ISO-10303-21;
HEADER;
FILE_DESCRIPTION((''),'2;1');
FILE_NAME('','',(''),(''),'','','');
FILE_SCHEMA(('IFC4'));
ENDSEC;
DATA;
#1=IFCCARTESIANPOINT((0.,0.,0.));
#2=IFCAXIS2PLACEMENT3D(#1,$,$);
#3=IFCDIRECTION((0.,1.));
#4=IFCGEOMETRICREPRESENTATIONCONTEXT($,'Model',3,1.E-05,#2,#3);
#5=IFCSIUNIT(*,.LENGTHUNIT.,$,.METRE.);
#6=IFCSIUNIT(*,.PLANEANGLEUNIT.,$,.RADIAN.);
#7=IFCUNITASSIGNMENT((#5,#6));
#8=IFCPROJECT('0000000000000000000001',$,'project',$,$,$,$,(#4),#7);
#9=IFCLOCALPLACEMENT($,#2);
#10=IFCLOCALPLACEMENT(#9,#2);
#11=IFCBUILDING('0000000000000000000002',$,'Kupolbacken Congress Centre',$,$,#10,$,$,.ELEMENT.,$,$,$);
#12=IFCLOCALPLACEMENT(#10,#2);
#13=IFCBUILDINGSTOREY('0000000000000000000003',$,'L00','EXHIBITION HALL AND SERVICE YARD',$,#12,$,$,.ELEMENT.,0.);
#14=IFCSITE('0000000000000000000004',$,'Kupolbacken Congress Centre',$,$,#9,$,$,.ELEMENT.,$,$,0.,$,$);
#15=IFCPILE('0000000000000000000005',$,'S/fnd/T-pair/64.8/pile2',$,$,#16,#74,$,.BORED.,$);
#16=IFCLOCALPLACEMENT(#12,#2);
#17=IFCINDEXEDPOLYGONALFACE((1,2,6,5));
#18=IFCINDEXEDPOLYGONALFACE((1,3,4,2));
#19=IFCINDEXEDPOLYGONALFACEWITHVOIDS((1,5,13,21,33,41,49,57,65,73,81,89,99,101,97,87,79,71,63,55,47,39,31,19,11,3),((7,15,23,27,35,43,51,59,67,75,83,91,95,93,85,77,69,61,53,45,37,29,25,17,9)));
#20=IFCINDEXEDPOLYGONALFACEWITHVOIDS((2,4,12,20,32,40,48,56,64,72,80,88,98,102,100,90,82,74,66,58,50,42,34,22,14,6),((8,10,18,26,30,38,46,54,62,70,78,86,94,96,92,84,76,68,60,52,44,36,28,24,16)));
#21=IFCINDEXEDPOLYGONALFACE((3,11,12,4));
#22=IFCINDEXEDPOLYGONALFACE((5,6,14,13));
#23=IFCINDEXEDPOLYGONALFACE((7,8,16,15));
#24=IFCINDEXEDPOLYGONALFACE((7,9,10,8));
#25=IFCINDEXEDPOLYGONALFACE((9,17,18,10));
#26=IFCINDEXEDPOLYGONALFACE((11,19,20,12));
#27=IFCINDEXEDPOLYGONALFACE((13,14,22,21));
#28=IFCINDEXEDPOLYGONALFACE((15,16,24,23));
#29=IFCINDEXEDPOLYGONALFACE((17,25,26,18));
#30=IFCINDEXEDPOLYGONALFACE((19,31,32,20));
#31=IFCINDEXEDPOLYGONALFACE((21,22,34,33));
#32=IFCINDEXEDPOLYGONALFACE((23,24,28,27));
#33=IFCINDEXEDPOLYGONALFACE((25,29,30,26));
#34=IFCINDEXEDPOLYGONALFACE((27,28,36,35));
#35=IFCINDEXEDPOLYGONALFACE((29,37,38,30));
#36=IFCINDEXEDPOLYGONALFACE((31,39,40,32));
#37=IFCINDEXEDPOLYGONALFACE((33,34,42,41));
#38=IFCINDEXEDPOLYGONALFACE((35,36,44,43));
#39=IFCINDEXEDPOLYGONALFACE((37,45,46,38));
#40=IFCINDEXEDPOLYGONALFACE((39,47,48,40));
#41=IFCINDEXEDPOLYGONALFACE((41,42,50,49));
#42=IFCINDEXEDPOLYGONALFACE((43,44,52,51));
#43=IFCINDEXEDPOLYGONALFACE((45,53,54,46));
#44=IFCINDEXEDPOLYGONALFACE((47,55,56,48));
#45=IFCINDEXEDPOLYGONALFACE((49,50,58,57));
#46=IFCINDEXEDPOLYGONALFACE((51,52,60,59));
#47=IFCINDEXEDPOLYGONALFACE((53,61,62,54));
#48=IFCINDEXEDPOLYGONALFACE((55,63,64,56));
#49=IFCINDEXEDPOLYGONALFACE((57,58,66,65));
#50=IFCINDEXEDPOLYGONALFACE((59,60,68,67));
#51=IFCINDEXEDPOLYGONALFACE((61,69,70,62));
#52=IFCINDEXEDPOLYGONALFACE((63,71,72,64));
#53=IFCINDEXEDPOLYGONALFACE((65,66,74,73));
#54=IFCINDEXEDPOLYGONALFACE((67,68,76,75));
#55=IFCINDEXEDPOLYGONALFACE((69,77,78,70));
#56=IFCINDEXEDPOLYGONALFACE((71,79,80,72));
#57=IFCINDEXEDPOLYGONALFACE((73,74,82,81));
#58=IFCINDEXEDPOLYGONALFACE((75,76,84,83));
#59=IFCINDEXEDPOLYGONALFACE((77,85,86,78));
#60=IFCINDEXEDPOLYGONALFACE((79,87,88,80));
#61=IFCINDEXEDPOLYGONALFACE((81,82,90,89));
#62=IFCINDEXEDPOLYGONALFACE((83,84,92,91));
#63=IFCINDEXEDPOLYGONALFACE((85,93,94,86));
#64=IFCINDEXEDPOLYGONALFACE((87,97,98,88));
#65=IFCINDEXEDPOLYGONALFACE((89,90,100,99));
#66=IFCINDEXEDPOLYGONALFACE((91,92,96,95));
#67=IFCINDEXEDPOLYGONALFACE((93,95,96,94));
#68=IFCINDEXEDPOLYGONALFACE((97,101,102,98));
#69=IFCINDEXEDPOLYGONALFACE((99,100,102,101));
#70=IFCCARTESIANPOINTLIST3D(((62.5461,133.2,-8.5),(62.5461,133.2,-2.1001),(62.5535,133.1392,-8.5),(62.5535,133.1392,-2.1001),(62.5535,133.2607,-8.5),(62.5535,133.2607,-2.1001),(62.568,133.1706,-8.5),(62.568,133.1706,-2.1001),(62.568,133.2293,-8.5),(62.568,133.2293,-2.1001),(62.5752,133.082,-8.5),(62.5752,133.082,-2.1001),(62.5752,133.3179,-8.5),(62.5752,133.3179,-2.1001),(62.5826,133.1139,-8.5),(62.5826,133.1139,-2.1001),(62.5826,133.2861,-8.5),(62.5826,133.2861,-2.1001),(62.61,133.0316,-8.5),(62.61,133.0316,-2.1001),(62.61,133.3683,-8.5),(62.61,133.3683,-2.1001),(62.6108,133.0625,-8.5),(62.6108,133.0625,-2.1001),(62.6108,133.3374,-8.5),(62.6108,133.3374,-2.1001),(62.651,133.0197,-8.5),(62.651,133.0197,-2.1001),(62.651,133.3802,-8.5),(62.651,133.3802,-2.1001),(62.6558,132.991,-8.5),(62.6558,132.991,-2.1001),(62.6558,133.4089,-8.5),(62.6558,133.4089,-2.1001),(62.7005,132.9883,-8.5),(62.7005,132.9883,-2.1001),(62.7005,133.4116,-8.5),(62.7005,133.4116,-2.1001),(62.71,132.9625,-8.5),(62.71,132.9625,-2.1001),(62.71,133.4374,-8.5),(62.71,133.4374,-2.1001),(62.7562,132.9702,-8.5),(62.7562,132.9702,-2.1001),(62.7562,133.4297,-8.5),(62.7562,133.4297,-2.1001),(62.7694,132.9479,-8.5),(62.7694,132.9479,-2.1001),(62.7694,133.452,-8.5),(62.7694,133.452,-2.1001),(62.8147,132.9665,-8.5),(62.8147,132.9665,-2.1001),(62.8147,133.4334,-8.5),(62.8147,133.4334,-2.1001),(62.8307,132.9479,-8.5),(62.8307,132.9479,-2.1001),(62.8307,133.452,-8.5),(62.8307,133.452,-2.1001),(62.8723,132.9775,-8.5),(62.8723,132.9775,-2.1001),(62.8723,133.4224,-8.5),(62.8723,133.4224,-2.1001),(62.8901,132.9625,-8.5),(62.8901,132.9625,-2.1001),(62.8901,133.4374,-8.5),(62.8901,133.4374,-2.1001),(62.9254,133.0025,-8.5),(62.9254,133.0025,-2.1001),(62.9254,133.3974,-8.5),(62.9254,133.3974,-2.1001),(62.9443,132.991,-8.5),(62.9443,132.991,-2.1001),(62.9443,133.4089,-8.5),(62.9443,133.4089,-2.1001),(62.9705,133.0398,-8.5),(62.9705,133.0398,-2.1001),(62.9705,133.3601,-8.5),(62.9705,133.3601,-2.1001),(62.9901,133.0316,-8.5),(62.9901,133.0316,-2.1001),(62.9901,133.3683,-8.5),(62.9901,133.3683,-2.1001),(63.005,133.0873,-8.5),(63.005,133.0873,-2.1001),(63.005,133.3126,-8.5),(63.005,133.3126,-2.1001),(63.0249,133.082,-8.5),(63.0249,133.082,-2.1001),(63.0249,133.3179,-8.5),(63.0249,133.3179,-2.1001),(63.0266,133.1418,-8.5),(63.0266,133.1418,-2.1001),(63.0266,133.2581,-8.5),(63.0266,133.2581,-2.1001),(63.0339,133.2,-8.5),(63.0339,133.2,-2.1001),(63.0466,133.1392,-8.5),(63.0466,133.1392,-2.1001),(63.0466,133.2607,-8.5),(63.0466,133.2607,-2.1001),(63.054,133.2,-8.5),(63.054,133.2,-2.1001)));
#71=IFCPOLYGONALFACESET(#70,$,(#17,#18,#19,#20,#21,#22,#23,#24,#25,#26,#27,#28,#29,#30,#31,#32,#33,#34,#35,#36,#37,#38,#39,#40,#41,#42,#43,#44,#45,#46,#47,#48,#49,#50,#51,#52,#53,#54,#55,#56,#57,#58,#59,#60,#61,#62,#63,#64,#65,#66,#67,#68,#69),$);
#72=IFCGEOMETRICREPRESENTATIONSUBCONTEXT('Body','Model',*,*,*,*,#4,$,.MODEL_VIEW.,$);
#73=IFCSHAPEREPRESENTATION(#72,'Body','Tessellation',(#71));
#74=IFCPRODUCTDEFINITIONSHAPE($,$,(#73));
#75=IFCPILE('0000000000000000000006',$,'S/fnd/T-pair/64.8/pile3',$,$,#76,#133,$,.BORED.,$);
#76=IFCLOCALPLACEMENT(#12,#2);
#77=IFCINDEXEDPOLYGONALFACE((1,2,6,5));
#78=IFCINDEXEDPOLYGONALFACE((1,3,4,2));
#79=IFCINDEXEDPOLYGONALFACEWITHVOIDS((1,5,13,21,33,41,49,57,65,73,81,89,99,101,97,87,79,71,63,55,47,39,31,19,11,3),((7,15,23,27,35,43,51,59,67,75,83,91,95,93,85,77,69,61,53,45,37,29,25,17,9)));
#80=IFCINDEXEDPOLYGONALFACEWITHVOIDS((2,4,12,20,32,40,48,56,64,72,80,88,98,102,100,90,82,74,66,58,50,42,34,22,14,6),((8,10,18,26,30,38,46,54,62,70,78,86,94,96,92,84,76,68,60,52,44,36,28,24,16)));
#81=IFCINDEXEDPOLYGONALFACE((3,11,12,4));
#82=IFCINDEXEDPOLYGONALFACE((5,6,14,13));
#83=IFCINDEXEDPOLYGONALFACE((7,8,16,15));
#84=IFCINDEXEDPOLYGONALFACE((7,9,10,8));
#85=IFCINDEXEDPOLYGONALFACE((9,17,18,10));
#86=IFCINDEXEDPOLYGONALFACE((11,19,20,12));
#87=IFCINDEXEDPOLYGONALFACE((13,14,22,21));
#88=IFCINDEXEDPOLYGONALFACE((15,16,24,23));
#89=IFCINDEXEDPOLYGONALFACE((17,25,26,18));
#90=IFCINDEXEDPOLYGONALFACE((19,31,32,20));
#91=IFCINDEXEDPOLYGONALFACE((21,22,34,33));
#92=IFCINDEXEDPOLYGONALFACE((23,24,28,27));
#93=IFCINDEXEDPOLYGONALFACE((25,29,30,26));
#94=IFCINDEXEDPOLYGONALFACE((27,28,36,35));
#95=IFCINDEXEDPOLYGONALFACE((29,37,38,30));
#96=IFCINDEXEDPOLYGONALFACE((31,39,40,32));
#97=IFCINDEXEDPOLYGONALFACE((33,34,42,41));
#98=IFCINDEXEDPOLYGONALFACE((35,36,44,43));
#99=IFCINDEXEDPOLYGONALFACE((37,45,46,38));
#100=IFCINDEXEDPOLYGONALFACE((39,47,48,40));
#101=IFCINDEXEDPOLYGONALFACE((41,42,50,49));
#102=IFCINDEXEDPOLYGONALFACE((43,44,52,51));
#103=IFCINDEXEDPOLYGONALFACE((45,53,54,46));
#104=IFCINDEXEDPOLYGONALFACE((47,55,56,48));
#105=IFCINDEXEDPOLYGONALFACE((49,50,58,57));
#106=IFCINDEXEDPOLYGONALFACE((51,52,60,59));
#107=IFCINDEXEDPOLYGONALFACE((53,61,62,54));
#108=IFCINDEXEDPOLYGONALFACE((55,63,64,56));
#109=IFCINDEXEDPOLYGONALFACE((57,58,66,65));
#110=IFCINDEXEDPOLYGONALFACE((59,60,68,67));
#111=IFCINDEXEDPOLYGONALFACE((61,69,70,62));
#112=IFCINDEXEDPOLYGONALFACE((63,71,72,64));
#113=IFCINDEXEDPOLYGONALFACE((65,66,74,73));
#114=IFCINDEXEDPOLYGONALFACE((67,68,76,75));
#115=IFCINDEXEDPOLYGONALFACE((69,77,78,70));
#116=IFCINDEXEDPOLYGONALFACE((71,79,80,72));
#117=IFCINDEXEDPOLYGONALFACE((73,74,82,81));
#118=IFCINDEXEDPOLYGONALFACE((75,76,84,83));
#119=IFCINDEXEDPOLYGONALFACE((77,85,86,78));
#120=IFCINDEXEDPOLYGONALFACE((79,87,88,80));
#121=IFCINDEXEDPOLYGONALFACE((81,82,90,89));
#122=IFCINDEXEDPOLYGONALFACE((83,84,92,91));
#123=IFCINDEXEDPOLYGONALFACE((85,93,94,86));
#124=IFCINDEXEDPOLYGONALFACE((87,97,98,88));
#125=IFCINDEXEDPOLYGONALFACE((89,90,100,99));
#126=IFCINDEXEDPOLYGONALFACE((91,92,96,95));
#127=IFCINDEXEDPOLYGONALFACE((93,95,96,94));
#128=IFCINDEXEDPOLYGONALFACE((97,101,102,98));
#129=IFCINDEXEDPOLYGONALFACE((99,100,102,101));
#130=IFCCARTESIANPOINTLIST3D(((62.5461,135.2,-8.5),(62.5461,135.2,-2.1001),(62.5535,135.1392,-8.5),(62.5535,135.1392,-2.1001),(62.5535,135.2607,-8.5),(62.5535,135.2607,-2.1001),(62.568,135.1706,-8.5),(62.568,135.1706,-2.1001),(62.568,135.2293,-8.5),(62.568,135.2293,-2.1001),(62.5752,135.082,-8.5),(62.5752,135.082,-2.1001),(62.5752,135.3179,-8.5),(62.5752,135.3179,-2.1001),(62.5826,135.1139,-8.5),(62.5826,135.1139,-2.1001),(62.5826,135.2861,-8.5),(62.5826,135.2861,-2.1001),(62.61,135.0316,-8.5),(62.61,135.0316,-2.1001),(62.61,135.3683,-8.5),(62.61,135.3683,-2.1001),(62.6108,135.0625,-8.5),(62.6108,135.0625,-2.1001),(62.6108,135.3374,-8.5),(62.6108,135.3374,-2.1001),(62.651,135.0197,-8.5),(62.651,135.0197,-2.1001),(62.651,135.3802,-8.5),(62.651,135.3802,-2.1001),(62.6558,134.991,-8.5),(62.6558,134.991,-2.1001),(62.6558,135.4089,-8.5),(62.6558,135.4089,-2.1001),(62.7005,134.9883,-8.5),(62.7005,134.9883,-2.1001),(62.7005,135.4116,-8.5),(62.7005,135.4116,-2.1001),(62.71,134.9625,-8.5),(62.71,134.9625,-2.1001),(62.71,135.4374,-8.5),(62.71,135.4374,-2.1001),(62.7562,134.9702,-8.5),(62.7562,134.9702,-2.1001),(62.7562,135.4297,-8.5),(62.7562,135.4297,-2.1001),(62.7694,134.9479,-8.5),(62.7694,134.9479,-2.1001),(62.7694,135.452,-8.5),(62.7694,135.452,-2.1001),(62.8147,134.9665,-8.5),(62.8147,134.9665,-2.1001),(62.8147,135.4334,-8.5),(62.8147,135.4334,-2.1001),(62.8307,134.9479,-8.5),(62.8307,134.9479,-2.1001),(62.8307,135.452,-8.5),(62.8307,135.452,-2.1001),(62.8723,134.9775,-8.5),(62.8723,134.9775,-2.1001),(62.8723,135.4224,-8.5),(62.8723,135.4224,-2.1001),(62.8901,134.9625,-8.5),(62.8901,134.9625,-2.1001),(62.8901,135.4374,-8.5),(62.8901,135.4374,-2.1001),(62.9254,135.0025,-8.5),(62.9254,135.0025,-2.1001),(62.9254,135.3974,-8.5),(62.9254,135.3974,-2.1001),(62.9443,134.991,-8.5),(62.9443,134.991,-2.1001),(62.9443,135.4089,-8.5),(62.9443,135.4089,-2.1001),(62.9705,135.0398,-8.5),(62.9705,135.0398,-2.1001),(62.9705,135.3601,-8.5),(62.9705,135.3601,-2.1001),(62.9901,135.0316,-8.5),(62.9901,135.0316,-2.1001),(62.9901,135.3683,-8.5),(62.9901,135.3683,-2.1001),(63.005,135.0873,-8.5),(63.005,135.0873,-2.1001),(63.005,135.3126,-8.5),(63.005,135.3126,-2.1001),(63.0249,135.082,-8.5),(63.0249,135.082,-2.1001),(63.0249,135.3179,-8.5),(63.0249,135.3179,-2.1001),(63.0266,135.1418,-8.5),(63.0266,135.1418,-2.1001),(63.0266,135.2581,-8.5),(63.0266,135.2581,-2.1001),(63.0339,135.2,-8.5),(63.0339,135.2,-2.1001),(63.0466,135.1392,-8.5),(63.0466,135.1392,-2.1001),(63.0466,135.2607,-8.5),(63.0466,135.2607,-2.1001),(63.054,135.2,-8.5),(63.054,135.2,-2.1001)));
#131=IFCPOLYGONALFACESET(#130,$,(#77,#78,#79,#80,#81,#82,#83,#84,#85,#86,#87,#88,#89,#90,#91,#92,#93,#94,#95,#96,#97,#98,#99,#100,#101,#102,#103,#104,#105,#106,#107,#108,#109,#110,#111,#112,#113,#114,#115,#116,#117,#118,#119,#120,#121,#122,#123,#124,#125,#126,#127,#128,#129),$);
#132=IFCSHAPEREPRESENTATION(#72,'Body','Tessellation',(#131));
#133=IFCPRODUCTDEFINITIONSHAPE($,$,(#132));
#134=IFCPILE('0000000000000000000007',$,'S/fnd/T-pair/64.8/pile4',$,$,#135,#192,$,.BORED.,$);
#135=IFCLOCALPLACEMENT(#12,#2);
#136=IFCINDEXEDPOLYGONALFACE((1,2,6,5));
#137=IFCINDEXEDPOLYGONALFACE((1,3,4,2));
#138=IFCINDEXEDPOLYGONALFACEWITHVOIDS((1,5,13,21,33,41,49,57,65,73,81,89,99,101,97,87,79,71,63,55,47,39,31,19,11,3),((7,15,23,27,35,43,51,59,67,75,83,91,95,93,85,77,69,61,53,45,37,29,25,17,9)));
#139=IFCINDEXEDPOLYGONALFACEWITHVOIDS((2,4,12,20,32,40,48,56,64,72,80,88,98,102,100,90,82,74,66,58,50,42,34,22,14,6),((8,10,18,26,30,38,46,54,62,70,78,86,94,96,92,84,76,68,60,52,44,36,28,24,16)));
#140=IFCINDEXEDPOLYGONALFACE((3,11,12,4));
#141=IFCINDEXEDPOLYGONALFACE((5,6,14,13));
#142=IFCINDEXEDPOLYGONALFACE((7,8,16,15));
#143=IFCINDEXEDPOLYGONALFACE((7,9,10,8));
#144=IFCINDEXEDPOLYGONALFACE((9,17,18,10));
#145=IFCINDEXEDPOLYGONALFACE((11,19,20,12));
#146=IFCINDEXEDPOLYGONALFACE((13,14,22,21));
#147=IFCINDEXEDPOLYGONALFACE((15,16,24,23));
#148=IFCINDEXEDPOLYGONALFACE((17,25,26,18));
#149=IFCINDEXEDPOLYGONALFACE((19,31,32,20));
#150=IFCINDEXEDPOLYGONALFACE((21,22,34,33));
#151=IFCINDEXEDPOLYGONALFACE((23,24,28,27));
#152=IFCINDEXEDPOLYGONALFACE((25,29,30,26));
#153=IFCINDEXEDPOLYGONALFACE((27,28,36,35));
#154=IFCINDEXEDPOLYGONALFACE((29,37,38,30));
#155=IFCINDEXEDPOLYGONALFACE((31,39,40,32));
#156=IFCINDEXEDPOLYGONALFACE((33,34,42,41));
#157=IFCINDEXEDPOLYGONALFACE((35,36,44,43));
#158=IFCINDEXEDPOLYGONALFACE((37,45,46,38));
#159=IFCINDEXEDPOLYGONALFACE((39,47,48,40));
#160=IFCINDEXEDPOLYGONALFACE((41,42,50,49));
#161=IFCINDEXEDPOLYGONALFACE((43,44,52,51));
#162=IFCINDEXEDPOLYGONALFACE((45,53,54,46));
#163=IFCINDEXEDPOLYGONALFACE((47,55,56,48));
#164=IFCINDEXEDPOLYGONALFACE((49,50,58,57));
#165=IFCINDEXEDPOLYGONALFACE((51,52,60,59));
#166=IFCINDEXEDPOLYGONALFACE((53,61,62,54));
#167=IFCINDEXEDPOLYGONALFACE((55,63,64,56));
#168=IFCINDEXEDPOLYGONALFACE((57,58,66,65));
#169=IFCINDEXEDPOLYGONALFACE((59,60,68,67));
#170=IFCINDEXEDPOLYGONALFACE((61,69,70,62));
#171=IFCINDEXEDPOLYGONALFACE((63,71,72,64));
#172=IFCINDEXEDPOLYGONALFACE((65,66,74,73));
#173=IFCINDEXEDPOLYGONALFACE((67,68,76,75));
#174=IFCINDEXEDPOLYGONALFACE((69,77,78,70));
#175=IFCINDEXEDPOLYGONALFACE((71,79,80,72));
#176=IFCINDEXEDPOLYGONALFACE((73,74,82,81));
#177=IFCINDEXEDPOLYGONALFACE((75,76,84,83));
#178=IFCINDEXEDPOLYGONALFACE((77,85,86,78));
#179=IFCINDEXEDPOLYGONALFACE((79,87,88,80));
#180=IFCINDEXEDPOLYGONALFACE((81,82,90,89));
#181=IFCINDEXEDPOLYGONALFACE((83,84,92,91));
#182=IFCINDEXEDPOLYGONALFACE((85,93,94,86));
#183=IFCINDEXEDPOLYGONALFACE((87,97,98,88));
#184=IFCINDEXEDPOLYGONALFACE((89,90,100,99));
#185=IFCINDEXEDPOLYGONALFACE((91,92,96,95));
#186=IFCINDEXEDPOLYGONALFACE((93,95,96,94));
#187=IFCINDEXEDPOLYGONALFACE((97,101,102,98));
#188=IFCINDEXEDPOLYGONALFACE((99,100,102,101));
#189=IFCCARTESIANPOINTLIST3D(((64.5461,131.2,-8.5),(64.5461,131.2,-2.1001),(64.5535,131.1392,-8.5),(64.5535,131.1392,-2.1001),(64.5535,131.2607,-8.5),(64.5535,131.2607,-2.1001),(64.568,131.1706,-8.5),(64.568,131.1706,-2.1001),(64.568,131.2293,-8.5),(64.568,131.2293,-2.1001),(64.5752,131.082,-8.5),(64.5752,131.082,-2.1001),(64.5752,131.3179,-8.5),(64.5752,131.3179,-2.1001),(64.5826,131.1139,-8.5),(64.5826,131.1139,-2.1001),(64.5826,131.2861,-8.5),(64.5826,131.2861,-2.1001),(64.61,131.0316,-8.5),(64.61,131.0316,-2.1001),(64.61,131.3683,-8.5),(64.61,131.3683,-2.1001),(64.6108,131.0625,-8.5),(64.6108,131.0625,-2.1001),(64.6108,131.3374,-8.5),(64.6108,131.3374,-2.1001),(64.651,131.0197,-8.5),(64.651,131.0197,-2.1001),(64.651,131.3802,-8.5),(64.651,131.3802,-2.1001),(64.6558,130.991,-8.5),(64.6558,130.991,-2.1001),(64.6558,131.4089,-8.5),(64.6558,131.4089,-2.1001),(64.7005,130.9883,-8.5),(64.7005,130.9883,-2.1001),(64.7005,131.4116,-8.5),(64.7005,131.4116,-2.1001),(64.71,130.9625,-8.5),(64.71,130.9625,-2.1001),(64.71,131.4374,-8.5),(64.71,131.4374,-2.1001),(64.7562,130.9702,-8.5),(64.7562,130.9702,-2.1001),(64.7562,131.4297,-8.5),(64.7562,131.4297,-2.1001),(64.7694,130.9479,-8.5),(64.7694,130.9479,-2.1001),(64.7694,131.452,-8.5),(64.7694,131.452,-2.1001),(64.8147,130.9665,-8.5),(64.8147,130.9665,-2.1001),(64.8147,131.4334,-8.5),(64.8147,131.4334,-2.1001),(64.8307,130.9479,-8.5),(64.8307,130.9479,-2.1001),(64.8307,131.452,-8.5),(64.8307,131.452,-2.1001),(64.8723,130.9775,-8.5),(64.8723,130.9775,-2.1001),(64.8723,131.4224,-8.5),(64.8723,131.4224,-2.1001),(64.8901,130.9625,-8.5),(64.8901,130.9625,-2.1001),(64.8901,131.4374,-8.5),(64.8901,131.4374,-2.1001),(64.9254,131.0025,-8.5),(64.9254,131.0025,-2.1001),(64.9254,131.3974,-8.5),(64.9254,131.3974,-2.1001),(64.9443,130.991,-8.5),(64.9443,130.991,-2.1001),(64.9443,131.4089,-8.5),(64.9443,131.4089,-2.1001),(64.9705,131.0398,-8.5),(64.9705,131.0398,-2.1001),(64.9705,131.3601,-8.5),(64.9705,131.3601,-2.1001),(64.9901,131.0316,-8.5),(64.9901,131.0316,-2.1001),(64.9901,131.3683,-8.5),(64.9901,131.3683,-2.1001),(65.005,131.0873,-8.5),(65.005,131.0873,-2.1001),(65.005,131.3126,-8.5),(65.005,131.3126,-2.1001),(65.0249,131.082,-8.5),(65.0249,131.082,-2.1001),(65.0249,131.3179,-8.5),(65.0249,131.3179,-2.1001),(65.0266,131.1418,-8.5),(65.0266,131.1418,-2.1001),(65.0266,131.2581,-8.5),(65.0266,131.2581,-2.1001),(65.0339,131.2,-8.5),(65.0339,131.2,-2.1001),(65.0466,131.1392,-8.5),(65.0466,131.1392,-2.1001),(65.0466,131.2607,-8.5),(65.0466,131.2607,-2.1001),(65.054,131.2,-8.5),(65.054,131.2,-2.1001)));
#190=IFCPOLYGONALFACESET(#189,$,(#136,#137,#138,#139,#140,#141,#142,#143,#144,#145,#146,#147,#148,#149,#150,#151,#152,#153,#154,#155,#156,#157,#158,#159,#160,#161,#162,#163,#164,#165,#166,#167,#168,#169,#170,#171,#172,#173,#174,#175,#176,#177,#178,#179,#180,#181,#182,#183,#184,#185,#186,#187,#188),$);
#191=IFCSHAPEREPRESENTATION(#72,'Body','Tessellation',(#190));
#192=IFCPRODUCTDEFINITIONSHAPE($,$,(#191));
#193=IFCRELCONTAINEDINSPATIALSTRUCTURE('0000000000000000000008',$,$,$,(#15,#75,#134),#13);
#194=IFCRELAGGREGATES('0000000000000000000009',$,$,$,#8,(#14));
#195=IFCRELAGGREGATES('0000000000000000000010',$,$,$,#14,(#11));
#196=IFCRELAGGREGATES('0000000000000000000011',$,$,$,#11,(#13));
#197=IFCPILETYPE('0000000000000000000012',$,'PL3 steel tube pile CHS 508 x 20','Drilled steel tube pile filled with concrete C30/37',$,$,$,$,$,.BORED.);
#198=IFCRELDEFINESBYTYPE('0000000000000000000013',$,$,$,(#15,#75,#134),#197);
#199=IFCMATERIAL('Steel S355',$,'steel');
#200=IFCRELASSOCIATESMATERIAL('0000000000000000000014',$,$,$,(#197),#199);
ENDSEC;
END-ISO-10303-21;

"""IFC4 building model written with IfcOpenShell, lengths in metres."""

from ifc_helpers import new_model, si_unit, direction, frame, origin, origin_2d, place, context, subcontext, project, spatial, hollow_circle, extrude, material, material_profile, profile_set, type_object, element, save


model = new_model("IFC4")

# Units and contexts
model_context = context("Model", 3, precision=1e-05, world=origin(), true_north=direction((0.0, 1.0)))
body_context = subcontext(model_context, "Body", "Model", "MODEL_VIEW")
ifc_project = project(units=[si_unit("LENGTHUNIT", "METRE"), si_unit("PLANEANGLEUNIT", "RADIAN")], contexts=[model_context])

# Site, building, storey
site_placement = place(None, origin())
site = spatial("IfcSite", under=ifc_project, at=site_placement, Name="Kupolbacken Congress Centre", CompositionType="ELEMENT", RefElevation=0.0)
building_placement = place(site_placement, origin())
building = spatial("IfcBuilding", under=site, at=building_placement, Name="Kupolbacken Congress Centre", CompositionType="ELEMENT")
storey_placement = place(building_placement, origin())
storey = spatial("IfcBuildingStorey", under=building, at=storey_placement, Name="L00", Description="EXHIBITION HALL AND SERVICE YARD", CompositionType="ELEMENT", Elevation=0.0)

# Piles
ifc_material_1 = material(Name="Steel S355", Category="steel")
ifc_material_profile_1 = material_profile(ifc_material_1, hollow_circle(Radius=0.2539, WallThickness=0.02, at=origin_2d()), Name="CHS 508 x 20")
ifc_profile_set_1 = profile_set([ifc_material_profile_1], Name="Steel S355")
pile_type = type_object("IfcPileType", Name="PL3 steel tube pile CHS 508 x 20", Description="Drilled steel tube pile filled with concrete C30/37", PredefinedType="BORED", material=ifc_profile_set_1)
for number, where, z_axis, x_axis, name in (
    (1, (62.8, 133.2, -2.1001), (0.0, 0.0, -1.0), (1.0, 0.0, 0.0), "S/fnd/T-pair/64.8/pile2"),
    (2, (62.8, 135.2, -2.1001), (0.0, 0.0, -1.0), (1.0, 0.0, 0.0), "S/fnd/T-pair/64.8/pile3"),
    (3, (64.8, 131.2, -2.1001), (0.0, 0.0, -1.0), (1.0, 0.0, 0.0), "S/fnd/T-pair/64.8/pile4"),
):
    element("IfcPile", number, at=place(storey_placement, frame(where, z_axis=z_axis, x_axis=x_axis)), inside=storey, type_object=pile_type, Name=name, PredefinedType="BORED", context=body_context, shape_type="SweptSolid", body=[
        extrude(hollow_circle(Radius=0.2539, WallThickness=0.02, at=origin_2d()), origin(), (0.0, 0.0, 1.0), 6.3999),
    ])

save(model, "model.ifc")
